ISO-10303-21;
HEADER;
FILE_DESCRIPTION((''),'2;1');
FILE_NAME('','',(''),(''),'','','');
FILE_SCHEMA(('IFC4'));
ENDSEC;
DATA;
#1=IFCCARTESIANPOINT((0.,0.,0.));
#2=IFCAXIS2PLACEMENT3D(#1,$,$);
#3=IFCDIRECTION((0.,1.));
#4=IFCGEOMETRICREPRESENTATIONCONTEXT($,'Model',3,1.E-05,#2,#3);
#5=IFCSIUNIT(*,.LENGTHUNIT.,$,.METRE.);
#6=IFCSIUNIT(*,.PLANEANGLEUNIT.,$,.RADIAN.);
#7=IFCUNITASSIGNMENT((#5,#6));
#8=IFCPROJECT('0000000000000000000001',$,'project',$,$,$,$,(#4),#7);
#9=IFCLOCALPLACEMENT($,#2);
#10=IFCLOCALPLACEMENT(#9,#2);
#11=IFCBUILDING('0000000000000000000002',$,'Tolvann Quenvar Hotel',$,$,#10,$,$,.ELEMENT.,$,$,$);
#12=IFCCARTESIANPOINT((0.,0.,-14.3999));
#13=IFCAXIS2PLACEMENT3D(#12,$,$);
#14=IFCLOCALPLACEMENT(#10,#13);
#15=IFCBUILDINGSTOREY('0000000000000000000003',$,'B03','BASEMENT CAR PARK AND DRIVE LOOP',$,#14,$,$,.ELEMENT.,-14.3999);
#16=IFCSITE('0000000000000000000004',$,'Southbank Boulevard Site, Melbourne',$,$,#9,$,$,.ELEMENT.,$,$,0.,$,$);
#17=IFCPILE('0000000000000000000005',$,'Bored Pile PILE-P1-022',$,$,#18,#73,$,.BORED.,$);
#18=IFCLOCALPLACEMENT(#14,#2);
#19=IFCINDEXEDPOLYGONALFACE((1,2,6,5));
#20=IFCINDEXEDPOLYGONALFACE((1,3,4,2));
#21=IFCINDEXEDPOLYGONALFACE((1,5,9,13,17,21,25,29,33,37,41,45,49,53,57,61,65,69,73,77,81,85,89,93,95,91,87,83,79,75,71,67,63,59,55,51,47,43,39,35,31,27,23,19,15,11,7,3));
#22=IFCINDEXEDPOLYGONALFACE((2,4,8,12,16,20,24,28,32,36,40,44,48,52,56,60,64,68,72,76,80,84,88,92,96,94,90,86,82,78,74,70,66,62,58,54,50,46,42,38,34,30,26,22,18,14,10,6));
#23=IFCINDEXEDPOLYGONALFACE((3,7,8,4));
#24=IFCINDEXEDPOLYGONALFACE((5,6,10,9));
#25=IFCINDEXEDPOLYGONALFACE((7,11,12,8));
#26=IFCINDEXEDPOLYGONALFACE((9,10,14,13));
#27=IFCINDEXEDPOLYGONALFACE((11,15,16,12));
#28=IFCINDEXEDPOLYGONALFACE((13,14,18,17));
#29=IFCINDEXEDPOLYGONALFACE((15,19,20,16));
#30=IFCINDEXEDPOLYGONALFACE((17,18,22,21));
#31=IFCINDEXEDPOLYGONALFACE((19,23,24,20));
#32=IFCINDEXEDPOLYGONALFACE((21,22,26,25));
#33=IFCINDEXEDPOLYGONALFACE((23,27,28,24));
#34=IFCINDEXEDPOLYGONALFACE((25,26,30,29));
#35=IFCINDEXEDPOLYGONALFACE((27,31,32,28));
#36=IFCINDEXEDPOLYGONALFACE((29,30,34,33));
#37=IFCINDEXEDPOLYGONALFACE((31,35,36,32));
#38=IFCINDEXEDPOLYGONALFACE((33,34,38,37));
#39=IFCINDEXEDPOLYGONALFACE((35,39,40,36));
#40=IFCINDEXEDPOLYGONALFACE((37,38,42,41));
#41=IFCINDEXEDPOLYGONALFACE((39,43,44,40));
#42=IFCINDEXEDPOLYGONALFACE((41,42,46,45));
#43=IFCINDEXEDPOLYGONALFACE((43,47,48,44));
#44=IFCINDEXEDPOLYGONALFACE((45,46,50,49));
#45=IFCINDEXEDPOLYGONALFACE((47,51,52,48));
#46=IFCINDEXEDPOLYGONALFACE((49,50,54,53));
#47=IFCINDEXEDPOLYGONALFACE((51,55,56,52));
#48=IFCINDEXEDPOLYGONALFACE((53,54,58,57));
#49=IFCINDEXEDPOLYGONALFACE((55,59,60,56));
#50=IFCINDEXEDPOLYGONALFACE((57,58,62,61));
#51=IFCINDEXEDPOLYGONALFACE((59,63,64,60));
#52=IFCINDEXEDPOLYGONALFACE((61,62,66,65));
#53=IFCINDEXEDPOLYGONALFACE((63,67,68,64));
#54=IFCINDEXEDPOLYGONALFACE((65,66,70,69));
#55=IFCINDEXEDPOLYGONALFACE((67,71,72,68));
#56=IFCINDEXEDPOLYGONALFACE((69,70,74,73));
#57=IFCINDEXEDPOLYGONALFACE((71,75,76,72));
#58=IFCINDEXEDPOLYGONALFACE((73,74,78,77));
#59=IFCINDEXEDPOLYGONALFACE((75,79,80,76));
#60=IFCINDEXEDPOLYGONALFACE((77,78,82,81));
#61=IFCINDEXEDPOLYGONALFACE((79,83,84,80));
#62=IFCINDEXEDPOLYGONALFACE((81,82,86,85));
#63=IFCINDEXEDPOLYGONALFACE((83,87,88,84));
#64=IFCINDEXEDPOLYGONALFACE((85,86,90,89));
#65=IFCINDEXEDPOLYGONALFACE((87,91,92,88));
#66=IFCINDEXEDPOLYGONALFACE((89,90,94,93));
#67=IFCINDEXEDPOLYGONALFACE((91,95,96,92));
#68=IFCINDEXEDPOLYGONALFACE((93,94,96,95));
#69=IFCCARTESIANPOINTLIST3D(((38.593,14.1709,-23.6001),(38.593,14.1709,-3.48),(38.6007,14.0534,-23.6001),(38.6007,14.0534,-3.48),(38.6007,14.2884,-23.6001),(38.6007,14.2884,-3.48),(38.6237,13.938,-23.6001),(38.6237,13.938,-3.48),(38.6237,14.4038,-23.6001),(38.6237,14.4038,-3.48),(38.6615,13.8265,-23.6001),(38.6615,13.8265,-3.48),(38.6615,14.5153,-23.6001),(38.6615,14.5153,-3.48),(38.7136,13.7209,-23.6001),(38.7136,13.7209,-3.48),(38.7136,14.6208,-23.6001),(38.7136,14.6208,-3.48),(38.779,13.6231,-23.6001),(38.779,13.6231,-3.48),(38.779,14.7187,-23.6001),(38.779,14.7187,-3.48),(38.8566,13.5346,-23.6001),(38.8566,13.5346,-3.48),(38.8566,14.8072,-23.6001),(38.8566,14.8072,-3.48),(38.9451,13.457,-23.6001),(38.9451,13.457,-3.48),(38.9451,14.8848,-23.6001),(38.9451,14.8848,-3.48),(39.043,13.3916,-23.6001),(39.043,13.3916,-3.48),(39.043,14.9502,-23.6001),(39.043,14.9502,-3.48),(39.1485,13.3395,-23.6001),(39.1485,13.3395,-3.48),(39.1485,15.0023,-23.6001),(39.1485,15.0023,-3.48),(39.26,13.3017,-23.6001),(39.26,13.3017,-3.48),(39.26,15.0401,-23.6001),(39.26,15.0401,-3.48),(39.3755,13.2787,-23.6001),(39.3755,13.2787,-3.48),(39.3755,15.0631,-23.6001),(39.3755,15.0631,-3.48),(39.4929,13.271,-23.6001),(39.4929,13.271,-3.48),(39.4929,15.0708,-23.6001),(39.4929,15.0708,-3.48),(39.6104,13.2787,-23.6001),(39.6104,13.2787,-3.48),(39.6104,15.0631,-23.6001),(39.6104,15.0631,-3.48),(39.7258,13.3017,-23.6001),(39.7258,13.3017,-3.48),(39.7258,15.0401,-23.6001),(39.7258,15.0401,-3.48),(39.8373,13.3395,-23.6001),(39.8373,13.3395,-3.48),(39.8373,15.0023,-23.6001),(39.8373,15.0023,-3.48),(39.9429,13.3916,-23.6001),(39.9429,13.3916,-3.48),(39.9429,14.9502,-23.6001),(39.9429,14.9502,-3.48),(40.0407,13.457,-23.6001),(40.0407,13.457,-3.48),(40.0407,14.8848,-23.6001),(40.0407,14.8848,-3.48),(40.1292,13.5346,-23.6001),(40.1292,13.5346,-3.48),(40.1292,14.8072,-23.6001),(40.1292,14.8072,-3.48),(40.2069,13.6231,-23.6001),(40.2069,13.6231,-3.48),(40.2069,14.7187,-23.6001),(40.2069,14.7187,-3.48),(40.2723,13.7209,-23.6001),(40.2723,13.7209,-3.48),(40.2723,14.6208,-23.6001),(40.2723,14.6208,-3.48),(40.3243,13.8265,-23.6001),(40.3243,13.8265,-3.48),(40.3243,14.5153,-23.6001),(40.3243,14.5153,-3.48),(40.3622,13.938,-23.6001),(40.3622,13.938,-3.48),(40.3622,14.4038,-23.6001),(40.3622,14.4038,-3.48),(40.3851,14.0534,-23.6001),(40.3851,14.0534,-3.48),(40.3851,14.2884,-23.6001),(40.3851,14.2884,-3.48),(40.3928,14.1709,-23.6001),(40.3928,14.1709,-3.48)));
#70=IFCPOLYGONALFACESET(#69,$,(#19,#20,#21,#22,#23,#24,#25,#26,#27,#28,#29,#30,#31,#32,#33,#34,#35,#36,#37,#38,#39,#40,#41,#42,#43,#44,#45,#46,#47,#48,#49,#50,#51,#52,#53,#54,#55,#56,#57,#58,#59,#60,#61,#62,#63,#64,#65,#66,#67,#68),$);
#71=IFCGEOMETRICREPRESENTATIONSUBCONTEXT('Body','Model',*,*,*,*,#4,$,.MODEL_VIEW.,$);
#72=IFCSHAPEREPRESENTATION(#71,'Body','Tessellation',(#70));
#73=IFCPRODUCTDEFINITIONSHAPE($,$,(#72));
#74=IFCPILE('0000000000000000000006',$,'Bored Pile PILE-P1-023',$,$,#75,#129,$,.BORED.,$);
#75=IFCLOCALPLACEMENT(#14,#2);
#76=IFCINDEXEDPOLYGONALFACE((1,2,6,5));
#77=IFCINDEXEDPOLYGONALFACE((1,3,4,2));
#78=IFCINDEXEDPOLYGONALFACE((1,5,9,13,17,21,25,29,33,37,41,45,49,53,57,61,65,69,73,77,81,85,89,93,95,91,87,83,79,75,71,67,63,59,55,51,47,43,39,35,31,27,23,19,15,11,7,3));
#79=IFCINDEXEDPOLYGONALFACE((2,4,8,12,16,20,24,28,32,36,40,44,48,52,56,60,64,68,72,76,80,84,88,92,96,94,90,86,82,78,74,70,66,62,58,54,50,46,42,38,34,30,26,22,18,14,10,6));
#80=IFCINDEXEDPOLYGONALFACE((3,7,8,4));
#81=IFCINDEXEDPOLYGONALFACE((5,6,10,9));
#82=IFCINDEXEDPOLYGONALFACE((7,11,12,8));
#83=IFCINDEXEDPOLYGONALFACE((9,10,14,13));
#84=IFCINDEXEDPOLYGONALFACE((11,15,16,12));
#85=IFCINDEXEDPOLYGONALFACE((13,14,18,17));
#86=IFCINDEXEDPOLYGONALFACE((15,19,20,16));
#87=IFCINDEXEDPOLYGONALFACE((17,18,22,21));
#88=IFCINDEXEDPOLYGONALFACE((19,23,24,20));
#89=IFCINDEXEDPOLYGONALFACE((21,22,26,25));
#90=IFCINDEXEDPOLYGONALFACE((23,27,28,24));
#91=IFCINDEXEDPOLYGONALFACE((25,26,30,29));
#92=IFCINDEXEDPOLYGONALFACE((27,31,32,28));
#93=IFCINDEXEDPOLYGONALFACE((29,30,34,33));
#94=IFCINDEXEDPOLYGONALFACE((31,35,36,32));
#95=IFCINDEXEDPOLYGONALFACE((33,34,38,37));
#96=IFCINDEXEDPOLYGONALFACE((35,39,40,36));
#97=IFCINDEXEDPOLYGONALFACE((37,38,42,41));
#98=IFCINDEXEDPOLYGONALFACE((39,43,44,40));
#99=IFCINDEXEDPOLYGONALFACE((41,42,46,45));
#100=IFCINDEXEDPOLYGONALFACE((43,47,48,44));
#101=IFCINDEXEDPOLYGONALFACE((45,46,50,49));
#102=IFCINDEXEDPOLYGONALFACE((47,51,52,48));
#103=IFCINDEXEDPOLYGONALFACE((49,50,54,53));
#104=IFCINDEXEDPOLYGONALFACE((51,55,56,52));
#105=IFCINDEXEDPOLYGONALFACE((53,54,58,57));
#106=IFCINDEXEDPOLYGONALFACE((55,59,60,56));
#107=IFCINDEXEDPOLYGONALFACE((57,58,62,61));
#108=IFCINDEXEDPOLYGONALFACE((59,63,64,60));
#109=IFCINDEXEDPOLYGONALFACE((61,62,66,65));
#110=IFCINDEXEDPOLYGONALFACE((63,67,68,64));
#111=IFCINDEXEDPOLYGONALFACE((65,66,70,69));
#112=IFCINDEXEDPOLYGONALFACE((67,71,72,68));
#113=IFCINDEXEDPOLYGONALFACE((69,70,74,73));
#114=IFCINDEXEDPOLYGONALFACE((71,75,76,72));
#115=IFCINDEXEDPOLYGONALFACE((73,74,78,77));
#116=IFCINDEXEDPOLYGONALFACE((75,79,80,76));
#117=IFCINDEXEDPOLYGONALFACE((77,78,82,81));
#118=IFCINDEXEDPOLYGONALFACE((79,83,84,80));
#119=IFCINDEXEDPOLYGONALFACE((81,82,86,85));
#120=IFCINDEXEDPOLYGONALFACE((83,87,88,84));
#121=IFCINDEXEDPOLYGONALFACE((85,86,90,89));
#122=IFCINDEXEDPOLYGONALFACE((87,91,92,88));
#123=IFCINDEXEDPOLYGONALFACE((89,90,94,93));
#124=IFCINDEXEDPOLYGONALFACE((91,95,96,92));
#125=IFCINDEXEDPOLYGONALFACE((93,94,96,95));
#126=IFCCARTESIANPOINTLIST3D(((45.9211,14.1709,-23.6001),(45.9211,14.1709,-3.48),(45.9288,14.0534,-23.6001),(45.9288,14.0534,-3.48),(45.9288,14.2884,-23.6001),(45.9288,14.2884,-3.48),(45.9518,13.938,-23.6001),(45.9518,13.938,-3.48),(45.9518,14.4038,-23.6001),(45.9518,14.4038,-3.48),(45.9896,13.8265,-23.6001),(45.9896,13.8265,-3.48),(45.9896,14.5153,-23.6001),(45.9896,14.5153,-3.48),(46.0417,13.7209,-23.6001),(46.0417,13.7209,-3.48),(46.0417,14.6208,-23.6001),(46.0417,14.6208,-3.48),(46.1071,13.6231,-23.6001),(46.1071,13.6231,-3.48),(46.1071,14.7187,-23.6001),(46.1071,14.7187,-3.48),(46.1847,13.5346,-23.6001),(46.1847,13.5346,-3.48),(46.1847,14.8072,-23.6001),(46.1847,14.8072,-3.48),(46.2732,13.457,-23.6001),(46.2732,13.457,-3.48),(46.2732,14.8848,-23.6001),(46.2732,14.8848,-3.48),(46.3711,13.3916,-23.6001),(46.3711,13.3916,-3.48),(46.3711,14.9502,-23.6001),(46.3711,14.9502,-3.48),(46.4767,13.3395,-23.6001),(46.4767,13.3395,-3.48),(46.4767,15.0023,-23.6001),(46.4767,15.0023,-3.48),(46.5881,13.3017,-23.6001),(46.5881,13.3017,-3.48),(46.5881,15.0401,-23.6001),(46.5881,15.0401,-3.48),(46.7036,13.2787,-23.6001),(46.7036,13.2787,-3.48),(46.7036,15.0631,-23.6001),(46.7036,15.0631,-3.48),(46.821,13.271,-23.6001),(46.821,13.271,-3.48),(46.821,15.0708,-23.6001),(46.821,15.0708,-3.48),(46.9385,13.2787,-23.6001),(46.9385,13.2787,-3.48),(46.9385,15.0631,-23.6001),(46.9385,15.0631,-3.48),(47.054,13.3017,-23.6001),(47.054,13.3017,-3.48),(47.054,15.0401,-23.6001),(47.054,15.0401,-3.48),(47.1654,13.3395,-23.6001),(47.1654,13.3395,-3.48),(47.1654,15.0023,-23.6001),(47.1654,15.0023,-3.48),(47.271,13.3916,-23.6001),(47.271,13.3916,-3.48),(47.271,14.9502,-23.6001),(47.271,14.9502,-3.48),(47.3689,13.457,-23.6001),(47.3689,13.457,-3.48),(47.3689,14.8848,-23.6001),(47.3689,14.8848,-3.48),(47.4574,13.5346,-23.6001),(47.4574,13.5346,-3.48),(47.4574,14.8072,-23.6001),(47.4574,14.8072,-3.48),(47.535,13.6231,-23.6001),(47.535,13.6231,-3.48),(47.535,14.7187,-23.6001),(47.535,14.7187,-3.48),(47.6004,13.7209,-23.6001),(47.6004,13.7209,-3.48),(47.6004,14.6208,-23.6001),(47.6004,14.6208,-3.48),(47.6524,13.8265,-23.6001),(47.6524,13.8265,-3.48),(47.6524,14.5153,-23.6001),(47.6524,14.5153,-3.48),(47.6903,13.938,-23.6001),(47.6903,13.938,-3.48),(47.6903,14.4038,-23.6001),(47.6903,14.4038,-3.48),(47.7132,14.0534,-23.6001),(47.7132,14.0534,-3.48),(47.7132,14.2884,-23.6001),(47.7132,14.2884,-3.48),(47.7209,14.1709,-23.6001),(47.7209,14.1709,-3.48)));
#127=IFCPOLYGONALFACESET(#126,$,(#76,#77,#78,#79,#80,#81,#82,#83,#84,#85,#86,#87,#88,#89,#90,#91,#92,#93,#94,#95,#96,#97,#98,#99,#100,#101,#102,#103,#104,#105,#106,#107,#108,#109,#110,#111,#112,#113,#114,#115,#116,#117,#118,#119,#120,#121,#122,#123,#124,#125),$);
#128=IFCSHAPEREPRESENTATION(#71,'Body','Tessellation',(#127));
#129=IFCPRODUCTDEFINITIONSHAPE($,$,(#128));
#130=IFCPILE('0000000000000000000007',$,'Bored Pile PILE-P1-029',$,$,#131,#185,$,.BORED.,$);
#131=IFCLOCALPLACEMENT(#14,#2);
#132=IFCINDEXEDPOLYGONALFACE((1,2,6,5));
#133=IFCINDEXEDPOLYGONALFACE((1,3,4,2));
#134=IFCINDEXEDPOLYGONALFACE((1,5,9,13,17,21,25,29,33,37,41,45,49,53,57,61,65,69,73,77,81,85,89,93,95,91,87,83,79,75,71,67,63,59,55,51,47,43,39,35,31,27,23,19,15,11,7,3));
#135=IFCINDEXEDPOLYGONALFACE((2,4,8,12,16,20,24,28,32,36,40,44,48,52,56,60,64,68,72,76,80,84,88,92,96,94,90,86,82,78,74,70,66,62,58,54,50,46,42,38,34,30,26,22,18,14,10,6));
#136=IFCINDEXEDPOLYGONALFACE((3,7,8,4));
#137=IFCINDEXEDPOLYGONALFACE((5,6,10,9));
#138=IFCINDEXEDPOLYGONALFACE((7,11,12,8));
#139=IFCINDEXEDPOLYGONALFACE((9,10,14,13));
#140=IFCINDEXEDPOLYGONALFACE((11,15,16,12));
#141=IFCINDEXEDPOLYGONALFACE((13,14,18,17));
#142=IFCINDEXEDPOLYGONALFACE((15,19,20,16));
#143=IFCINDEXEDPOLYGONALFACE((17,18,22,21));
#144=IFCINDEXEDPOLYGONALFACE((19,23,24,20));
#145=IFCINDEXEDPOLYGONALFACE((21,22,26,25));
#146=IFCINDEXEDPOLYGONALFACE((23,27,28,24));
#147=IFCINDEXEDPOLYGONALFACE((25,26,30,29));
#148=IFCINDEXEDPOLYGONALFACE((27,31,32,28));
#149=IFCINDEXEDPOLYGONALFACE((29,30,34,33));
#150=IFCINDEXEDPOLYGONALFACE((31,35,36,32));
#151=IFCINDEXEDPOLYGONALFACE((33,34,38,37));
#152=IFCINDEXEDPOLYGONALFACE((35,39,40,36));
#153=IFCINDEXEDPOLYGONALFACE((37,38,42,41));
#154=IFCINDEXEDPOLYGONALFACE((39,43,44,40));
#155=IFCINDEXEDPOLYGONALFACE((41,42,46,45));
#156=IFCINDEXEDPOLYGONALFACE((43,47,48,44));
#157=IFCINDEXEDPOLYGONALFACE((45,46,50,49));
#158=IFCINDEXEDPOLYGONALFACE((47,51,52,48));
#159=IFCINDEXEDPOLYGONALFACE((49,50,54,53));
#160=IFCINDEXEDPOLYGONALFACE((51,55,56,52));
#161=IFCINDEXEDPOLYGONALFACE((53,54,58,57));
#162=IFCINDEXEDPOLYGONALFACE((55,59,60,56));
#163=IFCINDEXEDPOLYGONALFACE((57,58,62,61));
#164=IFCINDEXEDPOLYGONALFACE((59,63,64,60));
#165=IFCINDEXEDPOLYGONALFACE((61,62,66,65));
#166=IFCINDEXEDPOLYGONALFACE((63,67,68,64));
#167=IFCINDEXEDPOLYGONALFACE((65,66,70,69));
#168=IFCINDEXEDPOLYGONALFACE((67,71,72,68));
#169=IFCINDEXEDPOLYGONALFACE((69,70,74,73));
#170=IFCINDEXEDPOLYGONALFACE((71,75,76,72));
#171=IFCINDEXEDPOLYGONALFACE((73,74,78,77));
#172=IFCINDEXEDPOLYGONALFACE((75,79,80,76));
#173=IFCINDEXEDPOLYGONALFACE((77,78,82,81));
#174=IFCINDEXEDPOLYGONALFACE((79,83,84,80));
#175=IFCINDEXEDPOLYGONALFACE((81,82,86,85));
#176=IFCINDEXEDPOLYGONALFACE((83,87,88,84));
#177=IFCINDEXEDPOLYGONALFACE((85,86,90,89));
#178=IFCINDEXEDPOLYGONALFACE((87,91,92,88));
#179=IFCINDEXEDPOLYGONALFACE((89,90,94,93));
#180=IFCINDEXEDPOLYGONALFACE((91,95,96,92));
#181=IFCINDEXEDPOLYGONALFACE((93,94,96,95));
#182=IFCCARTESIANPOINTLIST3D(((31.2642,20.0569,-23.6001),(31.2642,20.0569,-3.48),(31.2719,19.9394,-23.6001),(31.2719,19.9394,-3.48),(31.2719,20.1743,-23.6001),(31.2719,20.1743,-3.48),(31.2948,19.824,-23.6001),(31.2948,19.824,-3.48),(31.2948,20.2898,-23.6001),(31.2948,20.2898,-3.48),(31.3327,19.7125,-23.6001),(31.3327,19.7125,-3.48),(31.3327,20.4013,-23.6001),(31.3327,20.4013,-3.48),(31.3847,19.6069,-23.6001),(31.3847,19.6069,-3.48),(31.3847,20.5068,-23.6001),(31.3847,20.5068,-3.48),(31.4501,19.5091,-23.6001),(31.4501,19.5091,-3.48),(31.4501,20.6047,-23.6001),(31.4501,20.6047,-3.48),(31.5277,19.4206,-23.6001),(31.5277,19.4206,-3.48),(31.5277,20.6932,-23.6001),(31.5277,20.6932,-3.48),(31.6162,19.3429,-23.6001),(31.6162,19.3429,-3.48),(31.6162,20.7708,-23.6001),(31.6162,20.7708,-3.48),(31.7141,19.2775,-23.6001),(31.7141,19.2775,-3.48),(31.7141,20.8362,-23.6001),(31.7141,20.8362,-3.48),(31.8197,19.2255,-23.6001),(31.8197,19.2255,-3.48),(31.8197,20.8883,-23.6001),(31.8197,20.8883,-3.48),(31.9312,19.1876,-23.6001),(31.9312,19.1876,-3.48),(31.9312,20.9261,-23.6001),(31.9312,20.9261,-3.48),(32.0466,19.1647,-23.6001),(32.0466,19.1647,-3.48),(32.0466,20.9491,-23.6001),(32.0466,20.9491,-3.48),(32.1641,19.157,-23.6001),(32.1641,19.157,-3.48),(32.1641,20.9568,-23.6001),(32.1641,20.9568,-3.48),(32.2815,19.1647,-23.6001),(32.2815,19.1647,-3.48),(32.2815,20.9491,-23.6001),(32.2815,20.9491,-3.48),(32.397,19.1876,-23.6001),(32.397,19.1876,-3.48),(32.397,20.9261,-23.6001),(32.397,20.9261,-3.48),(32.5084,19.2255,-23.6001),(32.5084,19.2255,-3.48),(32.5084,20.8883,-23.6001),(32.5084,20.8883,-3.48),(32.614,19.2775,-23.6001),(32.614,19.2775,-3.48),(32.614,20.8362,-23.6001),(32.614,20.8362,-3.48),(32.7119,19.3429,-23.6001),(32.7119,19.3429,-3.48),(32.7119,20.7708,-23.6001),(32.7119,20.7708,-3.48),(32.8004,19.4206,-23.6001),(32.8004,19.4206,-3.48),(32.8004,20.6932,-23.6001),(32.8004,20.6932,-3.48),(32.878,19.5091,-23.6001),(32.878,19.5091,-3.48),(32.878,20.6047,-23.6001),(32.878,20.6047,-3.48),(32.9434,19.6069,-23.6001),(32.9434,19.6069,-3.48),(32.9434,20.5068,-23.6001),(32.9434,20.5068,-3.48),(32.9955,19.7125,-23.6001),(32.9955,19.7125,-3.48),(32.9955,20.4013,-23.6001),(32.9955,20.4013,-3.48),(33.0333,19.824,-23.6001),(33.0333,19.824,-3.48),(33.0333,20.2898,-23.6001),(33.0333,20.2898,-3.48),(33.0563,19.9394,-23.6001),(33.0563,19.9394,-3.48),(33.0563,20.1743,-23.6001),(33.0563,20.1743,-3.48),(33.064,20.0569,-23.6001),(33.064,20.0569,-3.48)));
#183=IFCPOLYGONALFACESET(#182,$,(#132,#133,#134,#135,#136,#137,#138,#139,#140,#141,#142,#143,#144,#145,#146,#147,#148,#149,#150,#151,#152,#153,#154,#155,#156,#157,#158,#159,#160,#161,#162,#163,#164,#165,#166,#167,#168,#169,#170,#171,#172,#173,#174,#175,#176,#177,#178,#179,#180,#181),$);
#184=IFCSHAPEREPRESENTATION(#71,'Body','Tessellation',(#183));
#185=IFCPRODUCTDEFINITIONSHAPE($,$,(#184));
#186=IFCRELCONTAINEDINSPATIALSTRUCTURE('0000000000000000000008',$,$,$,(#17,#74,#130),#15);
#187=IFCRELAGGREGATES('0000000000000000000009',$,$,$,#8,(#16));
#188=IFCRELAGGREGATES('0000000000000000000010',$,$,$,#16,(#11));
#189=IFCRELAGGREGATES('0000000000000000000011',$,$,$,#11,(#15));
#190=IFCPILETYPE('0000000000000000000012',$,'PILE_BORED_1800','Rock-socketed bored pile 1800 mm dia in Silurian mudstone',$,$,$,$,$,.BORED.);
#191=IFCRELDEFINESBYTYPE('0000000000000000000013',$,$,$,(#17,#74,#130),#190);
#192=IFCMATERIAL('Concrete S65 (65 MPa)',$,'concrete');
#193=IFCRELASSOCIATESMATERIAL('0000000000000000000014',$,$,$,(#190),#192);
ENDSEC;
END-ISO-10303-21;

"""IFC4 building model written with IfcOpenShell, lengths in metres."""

from ifc_helpers import new_model, si_unit, direction, frame, origin, origin_2d, place, context, subcontext, project, spatial, circle, extrude, material, material_profile, profile_set, type_object, element, save


model = new_model("IFC4")

# Units and contexts
model_context = context("Model", 3, precision=1e-05, world=origin(), true_north=direction((0.0, 1.0)))
body_context = subcontext(model_context, "Body", "Model", "MODEL_VIEW")
ifc_project = project(units=[si_unit("LENGTHUNIT", "METRE"), si_unit("PLANEANGLEUNIT", "RADIAN")], contexts=[model_context])

# Site, building, storey
site_placement = place(None, origin())
site = spatial("IfcSite", under=ifc_project, at=site_placement, Name="Southbank Boulevard Site, Melbourne", CompositionType="ELEMENT", RefElevation=0.0)
building_placement = place(site_placement, origin())
building = spatial("IfcBuilding", under=site, at=building_placement, Name="Tolvann Quenvar Hotel", CompositionType="ELEMENT")
storey_placement = place(building_placement, frame((0.0, 0.0, -14.3999)))
storey = spatial("IfcBuildingStorey", under=building, at=storey_placement, Name="B03", Description="BASEMENT CAR PARK AND DRIVE LOOP", CompositionType="ELEMENT", Elevation=-14.3999)

# Piles
ifc_material_1 = material(Name="Concrete S65 (65 MPa)", Category="concrete")
ifc_material_profile_1 = material_profile(ifc_material_1, circle(Radius=0.8999, at=origin_2d()), Name="PILE1800")
ifc_profile_set_1 = profile_set([ifc_material_profile_1], Name="Concrete S65 (65 MPa)")
pile_type = type_object("IfcPileType", Name="PILE_BORED_1800", Description="Rock-socketed bored pile 1800 mm dia in Silurian mudstone", PredefinedType="BORED", material=ifc_profile_set_1)
for number, where, z_axis, x_axis, name in (
    (1, (39.4929, 14.1709, -3.48), (0.0, 0.0, -1.0), (1.0, 0.0, 0.0), "Bored Pile PILE-P1-022"),
    (2, (46.821, 14.1709, -3.48), (0.0, 0.0, -1.0), (1.0, 0.0, 0.0), "Bored Pile PILE-P1-023"),
    (3, (32.1641, 20.0569, -3.48), (0.0, 0.0, -1.0), (1.0, 0.0, 0.0), "Bored Pile PILE-P1-029"),
):
    element("IfcPile", number, at=place(storey_placement, frame(where, z_axis=z_axis, x_axis=x_axis)), inside=storey, type_object=pile_type, Name=name, PredefinedType="BORED", context=body_context, shape_type="SweptSolid", body=[
        extrude(circle(Radius=0.8999, at=origin_2d()), origin(), (0.0, 0.0, 1.0), 20.1201),
    ])

save(model, "model.ifc")
